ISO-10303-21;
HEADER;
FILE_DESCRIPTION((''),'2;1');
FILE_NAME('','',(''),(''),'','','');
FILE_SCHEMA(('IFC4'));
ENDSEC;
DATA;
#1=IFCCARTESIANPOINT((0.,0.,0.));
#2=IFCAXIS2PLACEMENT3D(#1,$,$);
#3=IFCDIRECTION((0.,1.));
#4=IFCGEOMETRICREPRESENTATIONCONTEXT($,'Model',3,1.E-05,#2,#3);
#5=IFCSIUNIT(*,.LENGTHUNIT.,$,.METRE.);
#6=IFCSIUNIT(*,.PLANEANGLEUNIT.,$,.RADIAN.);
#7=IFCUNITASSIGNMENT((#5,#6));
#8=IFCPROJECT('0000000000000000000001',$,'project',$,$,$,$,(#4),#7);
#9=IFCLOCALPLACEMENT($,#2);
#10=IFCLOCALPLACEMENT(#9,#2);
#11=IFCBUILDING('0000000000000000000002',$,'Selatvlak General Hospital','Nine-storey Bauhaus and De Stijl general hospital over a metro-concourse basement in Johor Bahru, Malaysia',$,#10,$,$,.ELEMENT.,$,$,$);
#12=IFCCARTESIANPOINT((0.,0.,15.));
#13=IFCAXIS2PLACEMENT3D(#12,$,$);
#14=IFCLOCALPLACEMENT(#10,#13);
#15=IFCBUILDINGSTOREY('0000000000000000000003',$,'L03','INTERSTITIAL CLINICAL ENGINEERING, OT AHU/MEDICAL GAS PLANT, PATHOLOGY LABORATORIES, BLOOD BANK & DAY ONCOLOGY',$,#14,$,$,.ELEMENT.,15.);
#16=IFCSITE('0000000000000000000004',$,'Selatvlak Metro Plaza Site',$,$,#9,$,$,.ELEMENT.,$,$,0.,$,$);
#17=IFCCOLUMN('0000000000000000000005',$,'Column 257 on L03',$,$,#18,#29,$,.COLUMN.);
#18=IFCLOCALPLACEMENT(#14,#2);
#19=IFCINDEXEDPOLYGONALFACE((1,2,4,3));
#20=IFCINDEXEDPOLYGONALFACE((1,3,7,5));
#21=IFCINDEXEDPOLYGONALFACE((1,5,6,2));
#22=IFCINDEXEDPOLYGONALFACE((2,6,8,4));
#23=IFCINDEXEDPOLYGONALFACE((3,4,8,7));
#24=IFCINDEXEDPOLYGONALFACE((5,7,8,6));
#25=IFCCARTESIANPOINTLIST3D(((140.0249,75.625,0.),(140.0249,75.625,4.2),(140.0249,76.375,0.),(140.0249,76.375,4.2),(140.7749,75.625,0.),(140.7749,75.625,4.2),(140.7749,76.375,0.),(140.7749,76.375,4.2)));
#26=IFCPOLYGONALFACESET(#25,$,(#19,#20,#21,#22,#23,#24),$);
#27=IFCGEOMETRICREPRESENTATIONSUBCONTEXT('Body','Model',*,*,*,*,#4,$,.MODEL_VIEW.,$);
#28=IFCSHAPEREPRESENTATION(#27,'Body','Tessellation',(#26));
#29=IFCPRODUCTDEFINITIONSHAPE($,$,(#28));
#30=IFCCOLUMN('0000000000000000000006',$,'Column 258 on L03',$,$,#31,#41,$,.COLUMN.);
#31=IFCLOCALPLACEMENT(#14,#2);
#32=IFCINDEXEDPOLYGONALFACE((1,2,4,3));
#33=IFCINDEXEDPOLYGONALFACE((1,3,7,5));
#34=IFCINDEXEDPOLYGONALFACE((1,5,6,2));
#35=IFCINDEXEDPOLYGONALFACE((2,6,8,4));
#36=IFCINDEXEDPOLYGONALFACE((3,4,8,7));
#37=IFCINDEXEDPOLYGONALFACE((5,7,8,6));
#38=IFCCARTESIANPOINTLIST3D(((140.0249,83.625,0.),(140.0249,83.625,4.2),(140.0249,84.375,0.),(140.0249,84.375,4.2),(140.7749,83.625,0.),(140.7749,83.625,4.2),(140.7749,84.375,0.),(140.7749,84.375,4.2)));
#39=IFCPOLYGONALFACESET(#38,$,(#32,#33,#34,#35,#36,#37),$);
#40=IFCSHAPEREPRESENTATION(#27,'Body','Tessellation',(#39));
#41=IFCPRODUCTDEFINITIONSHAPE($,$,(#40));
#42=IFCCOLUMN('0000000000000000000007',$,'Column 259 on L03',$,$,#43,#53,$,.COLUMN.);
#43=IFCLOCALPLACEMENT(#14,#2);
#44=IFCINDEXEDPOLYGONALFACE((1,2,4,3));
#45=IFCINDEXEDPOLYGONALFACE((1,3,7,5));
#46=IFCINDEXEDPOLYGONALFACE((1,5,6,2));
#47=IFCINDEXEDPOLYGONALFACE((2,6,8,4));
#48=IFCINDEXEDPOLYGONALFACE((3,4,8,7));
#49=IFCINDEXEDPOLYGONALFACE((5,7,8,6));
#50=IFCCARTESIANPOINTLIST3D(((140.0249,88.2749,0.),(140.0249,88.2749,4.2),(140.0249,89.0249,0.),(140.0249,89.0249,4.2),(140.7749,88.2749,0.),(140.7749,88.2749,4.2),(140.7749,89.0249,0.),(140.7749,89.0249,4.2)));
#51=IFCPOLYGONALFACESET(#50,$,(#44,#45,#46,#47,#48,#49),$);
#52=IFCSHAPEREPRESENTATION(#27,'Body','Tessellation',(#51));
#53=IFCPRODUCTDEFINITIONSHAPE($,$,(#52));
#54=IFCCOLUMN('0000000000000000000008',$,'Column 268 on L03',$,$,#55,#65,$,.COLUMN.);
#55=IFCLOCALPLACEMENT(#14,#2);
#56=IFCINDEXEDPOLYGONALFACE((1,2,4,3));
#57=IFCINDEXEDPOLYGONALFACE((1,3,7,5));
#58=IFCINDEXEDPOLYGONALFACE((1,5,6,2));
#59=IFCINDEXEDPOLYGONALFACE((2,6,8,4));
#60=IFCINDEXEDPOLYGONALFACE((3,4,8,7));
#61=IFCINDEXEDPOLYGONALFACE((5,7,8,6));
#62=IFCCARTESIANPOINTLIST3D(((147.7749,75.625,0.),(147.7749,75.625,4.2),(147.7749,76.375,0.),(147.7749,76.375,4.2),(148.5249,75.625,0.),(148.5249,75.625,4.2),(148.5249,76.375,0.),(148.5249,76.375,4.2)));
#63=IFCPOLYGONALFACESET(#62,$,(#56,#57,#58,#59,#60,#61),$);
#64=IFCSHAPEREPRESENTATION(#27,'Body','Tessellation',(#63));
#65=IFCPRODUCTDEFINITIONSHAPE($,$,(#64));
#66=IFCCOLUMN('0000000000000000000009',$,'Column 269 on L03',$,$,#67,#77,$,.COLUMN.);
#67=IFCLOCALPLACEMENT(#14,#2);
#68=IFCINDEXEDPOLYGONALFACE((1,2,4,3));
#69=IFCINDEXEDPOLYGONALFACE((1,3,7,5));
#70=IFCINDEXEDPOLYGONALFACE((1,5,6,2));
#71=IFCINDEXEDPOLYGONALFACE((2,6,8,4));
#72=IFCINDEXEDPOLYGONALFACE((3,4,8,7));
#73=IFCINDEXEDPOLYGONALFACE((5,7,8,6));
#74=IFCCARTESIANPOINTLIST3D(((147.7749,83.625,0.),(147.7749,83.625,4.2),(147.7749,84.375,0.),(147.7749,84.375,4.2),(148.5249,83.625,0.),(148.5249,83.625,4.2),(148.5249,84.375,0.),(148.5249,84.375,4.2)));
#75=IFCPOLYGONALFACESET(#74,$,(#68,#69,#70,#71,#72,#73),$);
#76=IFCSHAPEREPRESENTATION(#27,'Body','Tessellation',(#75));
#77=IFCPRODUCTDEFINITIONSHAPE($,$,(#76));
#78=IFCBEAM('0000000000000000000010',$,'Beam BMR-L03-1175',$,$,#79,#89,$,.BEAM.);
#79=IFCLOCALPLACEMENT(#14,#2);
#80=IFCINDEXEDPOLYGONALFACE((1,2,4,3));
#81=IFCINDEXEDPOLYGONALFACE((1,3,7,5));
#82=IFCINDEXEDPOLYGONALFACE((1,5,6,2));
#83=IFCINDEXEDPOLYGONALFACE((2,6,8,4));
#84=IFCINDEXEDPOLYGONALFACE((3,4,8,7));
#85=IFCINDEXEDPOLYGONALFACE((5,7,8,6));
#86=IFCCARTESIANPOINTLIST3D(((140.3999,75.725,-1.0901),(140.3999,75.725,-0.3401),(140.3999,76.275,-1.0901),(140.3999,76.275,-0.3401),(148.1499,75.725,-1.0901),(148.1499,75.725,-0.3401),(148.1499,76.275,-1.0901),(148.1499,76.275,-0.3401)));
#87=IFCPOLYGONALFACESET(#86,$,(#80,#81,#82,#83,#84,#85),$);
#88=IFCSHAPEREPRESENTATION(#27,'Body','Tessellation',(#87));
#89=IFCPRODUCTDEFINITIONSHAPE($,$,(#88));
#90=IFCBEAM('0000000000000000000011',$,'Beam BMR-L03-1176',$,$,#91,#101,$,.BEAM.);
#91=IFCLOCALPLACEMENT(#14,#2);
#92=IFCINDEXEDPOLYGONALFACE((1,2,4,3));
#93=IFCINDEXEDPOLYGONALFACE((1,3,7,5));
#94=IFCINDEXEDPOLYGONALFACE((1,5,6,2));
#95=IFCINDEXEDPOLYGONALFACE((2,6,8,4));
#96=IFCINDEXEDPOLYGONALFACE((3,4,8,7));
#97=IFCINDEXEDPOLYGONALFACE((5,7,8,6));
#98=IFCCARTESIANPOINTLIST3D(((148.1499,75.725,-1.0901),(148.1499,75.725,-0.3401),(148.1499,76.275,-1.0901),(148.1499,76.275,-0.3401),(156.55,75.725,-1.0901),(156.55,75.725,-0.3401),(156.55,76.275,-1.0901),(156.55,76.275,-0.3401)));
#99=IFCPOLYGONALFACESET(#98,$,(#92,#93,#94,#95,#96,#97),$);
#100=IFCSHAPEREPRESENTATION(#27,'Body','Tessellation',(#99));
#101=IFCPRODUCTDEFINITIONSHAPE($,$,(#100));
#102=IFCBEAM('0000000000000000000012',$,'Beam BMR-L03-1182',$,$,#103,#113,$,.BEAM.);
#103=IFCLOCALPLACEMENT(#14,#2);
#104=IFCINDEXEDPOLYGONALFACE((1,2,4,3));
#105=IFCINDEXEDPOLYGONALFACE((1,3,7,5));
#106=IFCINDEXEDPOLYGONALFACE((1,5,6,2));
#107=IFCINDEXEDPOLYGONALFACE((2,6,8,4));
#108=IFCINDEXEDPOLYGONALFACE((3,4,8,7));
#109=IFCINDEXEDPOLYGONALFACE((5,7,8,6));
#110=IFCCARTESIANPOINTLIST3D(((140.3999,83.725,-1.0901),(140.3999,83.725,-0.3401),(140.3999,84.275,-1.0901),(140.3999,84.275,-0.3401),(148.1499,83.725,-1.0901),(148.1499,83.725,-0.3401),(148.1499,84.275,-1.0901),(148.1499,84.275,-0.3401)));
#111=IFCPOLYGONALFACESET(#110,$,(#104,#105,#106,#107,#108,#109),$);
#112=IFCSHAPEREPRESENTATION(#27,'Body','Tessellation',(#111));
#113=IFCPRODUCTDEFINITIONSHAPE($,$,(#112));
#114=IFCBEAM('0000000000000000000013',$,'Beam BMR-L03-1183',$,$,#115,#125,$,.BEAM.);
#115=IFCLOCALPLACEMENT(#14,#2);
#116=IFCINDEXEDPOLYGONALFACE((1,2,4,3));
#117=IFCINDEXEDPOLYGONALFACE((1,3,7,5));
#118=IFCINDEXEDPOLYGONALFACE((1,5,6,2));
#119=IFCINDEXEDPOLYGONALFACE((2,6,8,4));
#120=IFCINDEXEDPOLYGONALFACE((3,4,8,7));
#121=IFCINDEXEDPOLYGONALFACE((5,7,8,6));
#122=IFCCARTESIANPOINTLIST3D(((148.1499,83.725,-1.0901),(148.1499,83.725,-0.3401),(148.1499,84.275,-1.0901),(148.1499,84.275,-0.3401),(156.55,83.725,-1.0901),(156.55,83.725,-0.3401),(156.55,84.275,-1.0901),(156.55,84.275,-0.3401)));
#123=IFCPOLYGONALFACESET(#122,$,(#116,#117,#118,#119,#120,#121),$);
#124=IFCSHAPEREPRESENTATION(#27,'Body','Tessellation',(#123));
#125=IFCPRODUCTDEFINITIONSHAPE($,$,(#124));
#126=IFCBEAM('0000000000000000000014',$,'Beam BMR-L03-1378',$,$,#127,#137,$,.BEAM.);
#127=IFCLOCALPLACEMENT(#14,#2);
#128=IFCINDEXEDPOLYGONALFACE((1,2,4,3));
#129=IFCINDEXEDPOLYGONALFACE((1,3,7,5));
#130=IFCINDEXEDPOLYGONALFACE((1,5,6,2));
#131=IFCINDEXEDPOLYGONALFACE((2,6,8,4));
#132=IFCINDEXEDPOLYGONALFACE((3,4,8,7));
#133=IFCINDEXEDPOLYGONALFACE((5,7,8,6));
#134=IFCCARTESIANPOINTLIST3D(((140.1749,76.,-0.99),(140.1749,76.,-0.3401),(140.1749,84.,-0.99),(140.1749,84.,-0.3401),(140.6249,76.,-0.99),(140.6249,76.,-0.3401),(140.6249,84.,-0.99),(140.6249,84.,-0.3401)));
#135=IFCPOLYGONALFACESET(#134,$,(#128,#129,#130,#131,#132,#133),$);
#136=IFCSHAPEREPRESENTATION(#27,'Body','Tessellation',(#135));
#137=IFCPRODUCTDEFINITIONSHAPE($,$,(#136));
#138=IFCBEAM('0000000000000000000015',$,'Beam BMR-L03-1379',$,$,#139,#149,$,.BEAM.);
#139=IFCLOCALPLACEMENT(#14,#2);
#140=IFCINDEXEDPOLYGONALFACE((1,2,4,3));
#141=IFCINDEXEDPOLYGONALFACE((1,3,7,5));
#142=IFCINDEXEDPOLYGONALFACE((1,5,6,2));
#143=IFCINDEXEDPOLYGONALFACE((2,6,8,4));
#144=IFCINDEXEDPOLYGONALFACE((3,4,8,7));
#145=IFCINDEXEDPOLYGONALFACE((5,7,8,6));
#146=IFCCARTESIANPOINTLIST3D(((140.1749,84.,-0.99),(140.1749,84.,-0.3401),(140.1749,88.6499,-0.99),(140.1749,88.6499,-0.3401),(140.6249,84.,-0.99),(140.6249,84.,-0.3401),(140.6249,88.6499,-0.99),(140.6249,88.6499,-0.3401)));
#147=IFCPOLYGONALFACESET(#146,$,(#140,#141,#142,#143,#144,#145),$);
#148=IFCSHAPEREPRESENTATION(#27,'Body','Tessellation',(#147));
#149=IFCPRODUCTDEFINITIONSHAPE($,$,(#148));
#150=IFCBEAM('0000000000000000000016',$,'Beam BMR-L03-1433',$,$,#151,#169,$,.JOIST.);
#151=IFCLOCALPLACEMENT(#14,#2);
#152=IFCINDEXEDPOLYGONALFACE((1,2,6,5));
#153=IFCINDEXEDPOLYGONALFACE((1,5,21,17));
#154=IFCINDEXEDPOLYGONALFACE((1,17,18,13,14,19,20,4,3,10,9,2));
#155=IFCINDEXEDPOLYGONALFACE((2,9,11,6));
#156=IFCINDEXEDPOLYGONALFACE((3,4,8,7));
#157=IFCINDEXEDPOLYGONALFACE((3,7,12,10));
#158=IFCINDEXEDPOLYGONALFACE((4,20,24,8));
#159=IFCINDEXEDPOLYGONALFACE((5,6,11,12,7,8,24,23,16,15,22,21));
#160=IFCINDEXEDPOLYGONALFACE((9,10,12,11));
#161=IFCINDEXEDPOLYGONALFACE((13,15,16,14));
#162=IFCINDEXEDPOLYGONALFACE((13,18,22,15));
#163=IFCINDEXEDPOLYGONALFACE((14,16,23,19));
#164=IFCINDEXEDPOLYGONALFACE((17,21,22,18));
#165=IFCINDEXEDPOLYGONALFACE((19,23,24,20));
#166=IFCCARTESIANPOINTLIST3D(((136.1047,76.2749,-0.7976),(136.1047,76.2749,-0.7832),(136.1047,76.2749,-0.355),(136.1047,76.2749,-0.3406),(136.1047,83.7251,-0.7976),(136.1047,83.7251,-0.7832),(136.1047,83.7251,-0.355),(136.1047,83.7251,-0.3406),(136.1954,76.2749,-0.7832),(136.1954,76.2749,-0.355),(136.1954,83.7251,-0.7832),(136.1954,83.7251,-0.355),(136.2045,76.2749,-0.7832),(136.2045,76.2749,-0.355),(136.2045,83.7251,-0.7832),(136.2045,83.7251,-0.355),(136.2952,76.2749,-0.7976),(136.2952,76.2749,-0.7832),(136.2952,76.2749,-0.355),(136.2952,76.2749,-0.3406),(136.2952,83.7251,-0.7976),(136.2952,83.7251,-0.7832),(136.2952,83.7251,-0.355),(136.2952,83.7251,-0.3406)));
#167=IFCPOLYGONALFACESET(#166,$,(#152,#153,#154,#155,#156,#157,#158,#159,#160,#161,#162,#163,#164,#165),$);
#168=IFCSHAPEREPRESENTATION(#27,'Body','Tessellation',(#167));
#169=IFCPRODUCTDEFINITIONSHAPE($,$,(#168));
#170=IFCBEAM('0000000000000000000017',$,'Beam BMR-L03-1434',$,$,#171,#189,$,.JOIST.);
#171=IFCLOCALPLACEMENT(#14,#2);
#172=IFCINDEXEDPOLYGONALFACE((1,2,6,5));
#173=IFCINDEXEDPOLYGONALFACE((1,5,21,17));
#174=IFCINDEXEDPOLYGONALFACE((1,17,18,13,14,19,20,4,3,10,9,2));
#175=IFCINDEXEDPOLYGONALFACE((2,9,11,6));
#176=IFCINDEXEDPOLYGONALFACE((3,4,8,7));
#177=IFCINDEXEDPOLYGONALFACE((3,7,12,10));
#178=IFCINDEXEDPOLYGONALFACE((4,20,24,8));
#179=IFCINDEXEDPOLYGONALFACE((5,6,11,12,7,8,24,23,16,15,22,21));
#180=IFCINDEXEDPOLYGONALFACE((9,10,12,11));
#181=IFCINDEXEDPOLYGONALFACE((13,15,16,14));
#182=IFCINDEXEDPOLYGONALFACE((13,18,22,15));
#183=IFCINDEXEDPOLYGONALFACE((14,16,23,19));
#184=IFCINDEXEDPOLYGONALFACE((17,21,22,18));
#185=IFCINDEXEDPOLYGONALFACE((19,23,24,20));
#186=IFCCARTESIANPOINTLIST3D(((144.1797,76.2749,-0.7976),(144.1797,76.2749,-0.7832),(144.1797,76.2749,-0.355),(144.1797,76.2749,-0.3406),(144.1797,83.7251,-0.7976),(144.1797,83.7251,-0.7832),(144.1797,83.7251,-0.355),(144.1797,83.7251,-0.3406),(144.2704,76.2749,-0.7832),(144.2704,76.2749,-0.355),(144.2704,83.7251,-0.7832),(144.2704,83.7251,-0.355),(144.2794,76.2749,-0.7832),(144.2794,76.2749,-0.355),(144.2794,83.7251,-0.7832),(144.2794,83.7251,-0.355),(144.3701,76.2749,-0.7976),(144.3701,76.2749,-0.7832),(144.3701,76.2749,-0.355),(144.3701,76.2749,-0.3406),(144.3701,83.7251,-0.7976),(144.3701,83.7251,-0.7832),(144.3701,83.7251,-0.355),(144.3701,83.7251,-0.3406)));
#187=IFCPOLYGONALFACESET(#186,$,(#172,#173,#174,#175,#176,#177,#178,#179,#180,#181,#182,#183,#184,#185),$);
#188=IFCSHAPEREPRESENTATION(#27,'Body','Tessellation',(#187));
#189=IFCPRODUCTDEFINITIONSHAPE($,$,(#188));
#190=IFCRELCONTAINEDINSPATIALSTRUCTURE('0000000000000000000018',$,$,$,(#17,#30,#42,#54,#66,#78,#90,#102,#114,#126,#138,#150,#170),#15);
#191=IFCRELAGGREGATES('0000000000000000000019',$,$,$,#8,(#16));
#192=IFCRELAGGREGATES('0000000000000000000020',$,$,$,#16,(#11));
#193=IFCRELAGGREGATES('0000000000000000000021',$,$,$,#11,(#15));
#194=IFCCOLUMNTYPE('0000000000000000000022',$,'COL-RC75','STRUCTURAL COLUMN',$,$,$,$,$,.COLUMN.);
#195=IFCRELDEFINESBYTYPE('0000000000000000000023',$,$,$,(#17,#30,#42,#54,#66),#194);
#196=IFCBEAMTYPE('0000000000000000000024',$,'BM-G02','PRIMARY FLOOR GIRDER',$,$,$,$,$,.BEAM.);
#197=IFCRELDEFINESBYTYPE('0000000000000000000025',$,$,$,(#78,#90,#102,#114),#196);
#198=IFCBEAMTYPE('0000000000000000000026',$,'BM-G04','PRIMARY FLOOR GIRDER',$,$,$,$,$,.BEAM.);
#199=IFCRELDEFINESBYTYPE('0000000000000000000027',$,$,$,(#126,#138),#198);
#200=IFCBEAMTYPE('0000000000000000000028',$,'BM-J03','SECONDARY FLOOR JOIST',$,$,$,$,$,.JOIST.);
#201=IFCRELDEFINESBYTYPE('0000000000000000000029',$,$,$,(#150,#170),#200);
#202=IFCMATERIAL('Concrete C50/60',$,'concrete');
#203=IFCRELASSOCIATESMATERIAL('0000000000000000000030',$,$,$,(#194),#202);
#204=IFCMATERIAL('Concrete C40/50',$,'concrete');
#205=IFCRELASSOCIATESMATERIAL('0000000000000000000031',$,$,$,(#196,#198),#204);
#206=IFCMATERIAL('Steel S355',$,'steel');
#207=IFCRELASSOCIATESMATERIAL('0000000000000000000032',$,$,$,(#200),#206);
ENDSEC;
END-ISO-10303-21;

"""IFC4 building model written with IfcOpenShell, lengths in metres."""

from ifc_helpers import new_model, si_unit, direction, frame, origin, origin_2d, place, context, subcontext, project, spatial, rectangle, i_section, extrude, material, material_profile, profile_set, type_object, element, save


model = new_model("IFC4")

# Units and contexts
model_context = context("Model", 3, precision=1e-05, world=origin(), true_north=direction((0.0, 1.0)))
body_context = subcontext(model_context, "Body", "Model", "MODEL_VIEW")
ifc_project = project(units=[si_unit("LENGTHUNIT", "METRE"), si_unit("PLANEANGLEUNIT", "RADIAN")], contexts=[model_context])

# Site, building, storey
site_placement = place(None, origin())
site = spatial("IfcSite", under=ifc_project, at=site_placement, Name="Selatvlak Metro Plaza Site", CompositionType="ELEMENT", RefElevation=0.0)
building_placement = place(site_placement, origin())
building = spatial("IfcBuilding", under=site, at=building_placement, Name="Selatvlak General Hospital", Description="Nine-storey Bauhaus and De Stijl general hospital over a metro-concourse basement in Johor Bahru, Malaysia", CompositionType="ELEMENT")
storey_placement = place(building_placement, frame((0.0, 0.0, 15.0)))
storey = spatial("IfcBuildingStorey", under=building, at=storey_placement, Name="L03", Description="INTERSTITIAL CLINICAL ENGINEERING, OT AHU/MEDICAL GAS PLANT, PATHOLOGY LABORATORIES, BLOOD BANK & DAY ONCOLOGY", CompositionType="ELEMENT", Elevation=15.0)

# Columns
ifc_material_1 = material(Name="Concrete C50/60", Category="concrete")
ifc_material_profile_1 = material_profile(ifc_material_1, rectangle(XDim=0.75, YDim=0.75, at=origin_2d()), Name="RC-COL 750x750")
ifc_profile_set_1 = profile_set([ifc_material_profile_1], Name="Concrete C50/60")
column_type = type_object("IfcColumnType", Name="COL-RC75", Description="STRUCTURAL COLUMN", PredefinedType="COLUMN", material=ifc_profile_set_1)
for number, where, z_axis, x_axis, name in (
    (1, (140.3999, 76.0, 0.0), (0.0, 0.0, 1.0), (1.0, 0.0, 0.0), "Column 257 on L03"),
    (2, (140.3999, 84.0, 0.0), (0.0, 0.0, 1.0), (1.0, 0.0, 0.0), "Column 258 on L03"),
    (3, (140.3999, 88.6499, 0.0), (0.0, 0.0, 1.0), (1.0, 0.0, 0.0), "Column 259 on L03"),
    (4, (148.1499, 76.0, 0.0), (0.0, 0.0, 1.0), (1.0, 0.0, 0.0), "Column 268 on L03"),
    (5, (148.1499, 84.0, 0.0), (0.0, 0.0, 1.0), (1.0, 0.0, 0.0), "Column 269 on L03"),
):
    element("IfcColumn", number, at=place(storey_placement, frame(where, z_axis=z_axis, x_axis=x_axis)), inside=storey, type_object=column_type, Name=name, PredefinedType="COLUMN", context=body_context, shape_type="SweptSolid", body=[
        extrude(rectangle(XDim=0.75, YDim=0.75, at=origin_2d()), origin(), (0.0, 0.0, 1.0), 4.2),
    ])

# Beams
ifc_material_2 = material(Name="Concrete C40/50", Category="concrete")
ifc_material_profile_2 = material_profile(ifc_material_2, rectangle(XDim=0.55, YDim=0.75, at=origin_2d()), Name="RC-BM 550x750")
ifc_profile_set_2 = profile_set([ifc_material_profile_2], Name="Concrete C40/50")
beam_type_1 = type_object("IfcBeamType", Name="BM-G02", Description="PRIMARY FLOOR GIRDER", PredefinedType="BEAM", material=ifc_profile_set_2)
beam_1_placement = place(storey_placement, frame((140.3999, 76.0, -0.7151), z_axis=(1.0, 0.0, 0.0), x_axis=(0.0, 1.0, 0.0)))
element("IfcBeam", 6, at=beam_1_placement, inside=storey, type_object=beam_type_1, Name="Beam BMR-L03-1175", PredefinedType="BEAM", context=body_context, shape_type="SweptSolid", body=[
    extrude(rectangle(XDim=0.55, YDim=0.75, at=origin_2d()), origin(), (0.0, 0.0, 1.0), 7.75),
])
beam_2_placement = place(storey_placement, frame((148.1499, 76.0, -0.7151), z_axis=(1.0, 0.0, 0.0), x_axis=(0.0, 1.0, 0.0)))
element("IfcBeam", 7, at=beam_2_placement, inside=storey, type_object=beam_type_1, Name="Beam BMR-L03-1176", PredefinedType="BEAM", context=body_context, shape_type="SweptSolid", body=[
    extrude(rectangle(XDim=0.55, YDim=0.75, at=origin_2d()), origin(), (0.0, 0.0, 1.0), 8.4001),
])
beam_3_placement = place(storey_placement, frame((140.3999, 84.0, -0.7151), z_axis=(1.0, 0.0, 0.0), x_axis=(0.0, 1.0, 0.0)))
element("IfcBeam", 8, at=beam_3_placement, inside=storey, type_object=beam_type_1, Name="Beam BMR-L03-1182", PredefinedType="BEAM", context=body_context, shape_type="SweptSolid", body=[
    extrude(rectangle(XDim=0.55, YDim=0.75, at=origin_2d()), origin(), (0.0, 0.0, 1.0), 7.75),
])
beam_4_placement = place(storey_placement, frame((148.1499, 84.0, -0.7151), z_axis=(1.0, 0.0, 0.0), x_axis=(0.0, 1.0, 0.0)))
element("IfcBeam", 9, at=beam_4_placement, inside=storey, type_object=beam_type_1, Name="Beam BMR-L03-1183", PredefinedType="BEAM", context=body_context, shape_type="SweptSolid", body=[
    extrude(rectangle(XDim=0.55, YDim=0.75, at=origin_2d()), origin(), (0.0, 0.0, 1.0), 8.4001),
])
ifc_material_profile_3 = material_profile(ifc_material_2, rectangle(XDim=0.45, YDim=0.6499, at=origin_2d()), Name="RC-BM 450x650")
ifc_profile_set_3 = profile_set([ifc_material_profile_3], Name="Concrete C40/50")
beam_type_2 = type_object("IfcBeamType", Name="BM-G04", Description="PRIMARY FLOOR GIRDER", PredefinedType="BEAM", material=ifc_profile_set_3)
beam_5_placement = place(storey_placement, frame((140.3999, 76.0, -0.665), z_axis=(0.0, 1.0, 0.0), x_axis=(-1.0, 0.0, 0.0)))
element("IfcBeam", 10, at=beam_5_placement, inside=storey, type_object=beam_type_2, Name="Beam BMR-L03-1378", PredefinedType="BEAM", context=body_context, shape_type="SweptSolid", body=[
    extrude(rectangle(XDim=0.45, YDim=0.6499, at=origin_2d()), origin(), (0.0, 0.0, 1.0), 8.0),
])
beam_6_placement = place(storey_placement, frame((140.3999, 84.0, -0.665), z_axis=(0.0, 1.0, 0.0), x_axis=(-1.0, 0.0, 0.0)))
element("IfcBeam", 11, at=beam_6_placement, inside=storey, type_object=beam_type_2, Name="Beam BMR-L03-1379", PredefinedType="BEAM", context=body_context, shape_type="SweptSolid", body=[
    extrude(rectangle(XDim=0.45, YDim=0.6499, at=origin_2d()), origin(), (0.0, 0.0, 1.0), 4.6499),
])
ifc_material_3 = material(Name="Steel S355", Category="steel")
ifc_material_profile_4 = material_profile(ifc_material_3, i_section(OverallWidth=0.1904, OverallDepth=0.457, WebThickness=0.009, FlangeThickness=0.0144, at=origin_2d()), Name="UB 457x191x74")
ifc_profile_set_4 = profile_set([ifc_material_profile_4], Name="Steel S355")
beam_type_3 = type_object("IfcBeamType", Name="BM-J03", Description="SECONDARY FLOOR JOIST", PredefinedType="JOIST", material=ifc_profile_set_4)
for number, where, z_axis, x_axis, name in (
    (12, (136.2, 76.2749, -0.5691), (0.0, 1.0, 0.0), (-1.0, 0.0, 0.0), "Beam BMR-L03-1433"),
    (13, (144.2749, 76.2749, -0.5691), (0.0, 1.0, 0.0), (-1.0, 0.0, 0.0), "Beam BMR-L03-1434"),
):
    element("IfcBeam", number, at=place(storey_placement, frame(where, z_axis=z_axis, x_axis=x_axis)), inside=storey, type_object=beam_type_3, Name=name, PredefinedType="JOIST", context=body_context, shape_type="SweptSolid", body=[
        extrude(i_section(OverallWidth=0.1904, OverallDepth=0.457, WebThickness=0.009, FlangeThickness=0.0144, at=origin_2d()), origin(), (0.0, 0.0, 1.0), 7.4502),
    ])

save(model, "model.ifc")
